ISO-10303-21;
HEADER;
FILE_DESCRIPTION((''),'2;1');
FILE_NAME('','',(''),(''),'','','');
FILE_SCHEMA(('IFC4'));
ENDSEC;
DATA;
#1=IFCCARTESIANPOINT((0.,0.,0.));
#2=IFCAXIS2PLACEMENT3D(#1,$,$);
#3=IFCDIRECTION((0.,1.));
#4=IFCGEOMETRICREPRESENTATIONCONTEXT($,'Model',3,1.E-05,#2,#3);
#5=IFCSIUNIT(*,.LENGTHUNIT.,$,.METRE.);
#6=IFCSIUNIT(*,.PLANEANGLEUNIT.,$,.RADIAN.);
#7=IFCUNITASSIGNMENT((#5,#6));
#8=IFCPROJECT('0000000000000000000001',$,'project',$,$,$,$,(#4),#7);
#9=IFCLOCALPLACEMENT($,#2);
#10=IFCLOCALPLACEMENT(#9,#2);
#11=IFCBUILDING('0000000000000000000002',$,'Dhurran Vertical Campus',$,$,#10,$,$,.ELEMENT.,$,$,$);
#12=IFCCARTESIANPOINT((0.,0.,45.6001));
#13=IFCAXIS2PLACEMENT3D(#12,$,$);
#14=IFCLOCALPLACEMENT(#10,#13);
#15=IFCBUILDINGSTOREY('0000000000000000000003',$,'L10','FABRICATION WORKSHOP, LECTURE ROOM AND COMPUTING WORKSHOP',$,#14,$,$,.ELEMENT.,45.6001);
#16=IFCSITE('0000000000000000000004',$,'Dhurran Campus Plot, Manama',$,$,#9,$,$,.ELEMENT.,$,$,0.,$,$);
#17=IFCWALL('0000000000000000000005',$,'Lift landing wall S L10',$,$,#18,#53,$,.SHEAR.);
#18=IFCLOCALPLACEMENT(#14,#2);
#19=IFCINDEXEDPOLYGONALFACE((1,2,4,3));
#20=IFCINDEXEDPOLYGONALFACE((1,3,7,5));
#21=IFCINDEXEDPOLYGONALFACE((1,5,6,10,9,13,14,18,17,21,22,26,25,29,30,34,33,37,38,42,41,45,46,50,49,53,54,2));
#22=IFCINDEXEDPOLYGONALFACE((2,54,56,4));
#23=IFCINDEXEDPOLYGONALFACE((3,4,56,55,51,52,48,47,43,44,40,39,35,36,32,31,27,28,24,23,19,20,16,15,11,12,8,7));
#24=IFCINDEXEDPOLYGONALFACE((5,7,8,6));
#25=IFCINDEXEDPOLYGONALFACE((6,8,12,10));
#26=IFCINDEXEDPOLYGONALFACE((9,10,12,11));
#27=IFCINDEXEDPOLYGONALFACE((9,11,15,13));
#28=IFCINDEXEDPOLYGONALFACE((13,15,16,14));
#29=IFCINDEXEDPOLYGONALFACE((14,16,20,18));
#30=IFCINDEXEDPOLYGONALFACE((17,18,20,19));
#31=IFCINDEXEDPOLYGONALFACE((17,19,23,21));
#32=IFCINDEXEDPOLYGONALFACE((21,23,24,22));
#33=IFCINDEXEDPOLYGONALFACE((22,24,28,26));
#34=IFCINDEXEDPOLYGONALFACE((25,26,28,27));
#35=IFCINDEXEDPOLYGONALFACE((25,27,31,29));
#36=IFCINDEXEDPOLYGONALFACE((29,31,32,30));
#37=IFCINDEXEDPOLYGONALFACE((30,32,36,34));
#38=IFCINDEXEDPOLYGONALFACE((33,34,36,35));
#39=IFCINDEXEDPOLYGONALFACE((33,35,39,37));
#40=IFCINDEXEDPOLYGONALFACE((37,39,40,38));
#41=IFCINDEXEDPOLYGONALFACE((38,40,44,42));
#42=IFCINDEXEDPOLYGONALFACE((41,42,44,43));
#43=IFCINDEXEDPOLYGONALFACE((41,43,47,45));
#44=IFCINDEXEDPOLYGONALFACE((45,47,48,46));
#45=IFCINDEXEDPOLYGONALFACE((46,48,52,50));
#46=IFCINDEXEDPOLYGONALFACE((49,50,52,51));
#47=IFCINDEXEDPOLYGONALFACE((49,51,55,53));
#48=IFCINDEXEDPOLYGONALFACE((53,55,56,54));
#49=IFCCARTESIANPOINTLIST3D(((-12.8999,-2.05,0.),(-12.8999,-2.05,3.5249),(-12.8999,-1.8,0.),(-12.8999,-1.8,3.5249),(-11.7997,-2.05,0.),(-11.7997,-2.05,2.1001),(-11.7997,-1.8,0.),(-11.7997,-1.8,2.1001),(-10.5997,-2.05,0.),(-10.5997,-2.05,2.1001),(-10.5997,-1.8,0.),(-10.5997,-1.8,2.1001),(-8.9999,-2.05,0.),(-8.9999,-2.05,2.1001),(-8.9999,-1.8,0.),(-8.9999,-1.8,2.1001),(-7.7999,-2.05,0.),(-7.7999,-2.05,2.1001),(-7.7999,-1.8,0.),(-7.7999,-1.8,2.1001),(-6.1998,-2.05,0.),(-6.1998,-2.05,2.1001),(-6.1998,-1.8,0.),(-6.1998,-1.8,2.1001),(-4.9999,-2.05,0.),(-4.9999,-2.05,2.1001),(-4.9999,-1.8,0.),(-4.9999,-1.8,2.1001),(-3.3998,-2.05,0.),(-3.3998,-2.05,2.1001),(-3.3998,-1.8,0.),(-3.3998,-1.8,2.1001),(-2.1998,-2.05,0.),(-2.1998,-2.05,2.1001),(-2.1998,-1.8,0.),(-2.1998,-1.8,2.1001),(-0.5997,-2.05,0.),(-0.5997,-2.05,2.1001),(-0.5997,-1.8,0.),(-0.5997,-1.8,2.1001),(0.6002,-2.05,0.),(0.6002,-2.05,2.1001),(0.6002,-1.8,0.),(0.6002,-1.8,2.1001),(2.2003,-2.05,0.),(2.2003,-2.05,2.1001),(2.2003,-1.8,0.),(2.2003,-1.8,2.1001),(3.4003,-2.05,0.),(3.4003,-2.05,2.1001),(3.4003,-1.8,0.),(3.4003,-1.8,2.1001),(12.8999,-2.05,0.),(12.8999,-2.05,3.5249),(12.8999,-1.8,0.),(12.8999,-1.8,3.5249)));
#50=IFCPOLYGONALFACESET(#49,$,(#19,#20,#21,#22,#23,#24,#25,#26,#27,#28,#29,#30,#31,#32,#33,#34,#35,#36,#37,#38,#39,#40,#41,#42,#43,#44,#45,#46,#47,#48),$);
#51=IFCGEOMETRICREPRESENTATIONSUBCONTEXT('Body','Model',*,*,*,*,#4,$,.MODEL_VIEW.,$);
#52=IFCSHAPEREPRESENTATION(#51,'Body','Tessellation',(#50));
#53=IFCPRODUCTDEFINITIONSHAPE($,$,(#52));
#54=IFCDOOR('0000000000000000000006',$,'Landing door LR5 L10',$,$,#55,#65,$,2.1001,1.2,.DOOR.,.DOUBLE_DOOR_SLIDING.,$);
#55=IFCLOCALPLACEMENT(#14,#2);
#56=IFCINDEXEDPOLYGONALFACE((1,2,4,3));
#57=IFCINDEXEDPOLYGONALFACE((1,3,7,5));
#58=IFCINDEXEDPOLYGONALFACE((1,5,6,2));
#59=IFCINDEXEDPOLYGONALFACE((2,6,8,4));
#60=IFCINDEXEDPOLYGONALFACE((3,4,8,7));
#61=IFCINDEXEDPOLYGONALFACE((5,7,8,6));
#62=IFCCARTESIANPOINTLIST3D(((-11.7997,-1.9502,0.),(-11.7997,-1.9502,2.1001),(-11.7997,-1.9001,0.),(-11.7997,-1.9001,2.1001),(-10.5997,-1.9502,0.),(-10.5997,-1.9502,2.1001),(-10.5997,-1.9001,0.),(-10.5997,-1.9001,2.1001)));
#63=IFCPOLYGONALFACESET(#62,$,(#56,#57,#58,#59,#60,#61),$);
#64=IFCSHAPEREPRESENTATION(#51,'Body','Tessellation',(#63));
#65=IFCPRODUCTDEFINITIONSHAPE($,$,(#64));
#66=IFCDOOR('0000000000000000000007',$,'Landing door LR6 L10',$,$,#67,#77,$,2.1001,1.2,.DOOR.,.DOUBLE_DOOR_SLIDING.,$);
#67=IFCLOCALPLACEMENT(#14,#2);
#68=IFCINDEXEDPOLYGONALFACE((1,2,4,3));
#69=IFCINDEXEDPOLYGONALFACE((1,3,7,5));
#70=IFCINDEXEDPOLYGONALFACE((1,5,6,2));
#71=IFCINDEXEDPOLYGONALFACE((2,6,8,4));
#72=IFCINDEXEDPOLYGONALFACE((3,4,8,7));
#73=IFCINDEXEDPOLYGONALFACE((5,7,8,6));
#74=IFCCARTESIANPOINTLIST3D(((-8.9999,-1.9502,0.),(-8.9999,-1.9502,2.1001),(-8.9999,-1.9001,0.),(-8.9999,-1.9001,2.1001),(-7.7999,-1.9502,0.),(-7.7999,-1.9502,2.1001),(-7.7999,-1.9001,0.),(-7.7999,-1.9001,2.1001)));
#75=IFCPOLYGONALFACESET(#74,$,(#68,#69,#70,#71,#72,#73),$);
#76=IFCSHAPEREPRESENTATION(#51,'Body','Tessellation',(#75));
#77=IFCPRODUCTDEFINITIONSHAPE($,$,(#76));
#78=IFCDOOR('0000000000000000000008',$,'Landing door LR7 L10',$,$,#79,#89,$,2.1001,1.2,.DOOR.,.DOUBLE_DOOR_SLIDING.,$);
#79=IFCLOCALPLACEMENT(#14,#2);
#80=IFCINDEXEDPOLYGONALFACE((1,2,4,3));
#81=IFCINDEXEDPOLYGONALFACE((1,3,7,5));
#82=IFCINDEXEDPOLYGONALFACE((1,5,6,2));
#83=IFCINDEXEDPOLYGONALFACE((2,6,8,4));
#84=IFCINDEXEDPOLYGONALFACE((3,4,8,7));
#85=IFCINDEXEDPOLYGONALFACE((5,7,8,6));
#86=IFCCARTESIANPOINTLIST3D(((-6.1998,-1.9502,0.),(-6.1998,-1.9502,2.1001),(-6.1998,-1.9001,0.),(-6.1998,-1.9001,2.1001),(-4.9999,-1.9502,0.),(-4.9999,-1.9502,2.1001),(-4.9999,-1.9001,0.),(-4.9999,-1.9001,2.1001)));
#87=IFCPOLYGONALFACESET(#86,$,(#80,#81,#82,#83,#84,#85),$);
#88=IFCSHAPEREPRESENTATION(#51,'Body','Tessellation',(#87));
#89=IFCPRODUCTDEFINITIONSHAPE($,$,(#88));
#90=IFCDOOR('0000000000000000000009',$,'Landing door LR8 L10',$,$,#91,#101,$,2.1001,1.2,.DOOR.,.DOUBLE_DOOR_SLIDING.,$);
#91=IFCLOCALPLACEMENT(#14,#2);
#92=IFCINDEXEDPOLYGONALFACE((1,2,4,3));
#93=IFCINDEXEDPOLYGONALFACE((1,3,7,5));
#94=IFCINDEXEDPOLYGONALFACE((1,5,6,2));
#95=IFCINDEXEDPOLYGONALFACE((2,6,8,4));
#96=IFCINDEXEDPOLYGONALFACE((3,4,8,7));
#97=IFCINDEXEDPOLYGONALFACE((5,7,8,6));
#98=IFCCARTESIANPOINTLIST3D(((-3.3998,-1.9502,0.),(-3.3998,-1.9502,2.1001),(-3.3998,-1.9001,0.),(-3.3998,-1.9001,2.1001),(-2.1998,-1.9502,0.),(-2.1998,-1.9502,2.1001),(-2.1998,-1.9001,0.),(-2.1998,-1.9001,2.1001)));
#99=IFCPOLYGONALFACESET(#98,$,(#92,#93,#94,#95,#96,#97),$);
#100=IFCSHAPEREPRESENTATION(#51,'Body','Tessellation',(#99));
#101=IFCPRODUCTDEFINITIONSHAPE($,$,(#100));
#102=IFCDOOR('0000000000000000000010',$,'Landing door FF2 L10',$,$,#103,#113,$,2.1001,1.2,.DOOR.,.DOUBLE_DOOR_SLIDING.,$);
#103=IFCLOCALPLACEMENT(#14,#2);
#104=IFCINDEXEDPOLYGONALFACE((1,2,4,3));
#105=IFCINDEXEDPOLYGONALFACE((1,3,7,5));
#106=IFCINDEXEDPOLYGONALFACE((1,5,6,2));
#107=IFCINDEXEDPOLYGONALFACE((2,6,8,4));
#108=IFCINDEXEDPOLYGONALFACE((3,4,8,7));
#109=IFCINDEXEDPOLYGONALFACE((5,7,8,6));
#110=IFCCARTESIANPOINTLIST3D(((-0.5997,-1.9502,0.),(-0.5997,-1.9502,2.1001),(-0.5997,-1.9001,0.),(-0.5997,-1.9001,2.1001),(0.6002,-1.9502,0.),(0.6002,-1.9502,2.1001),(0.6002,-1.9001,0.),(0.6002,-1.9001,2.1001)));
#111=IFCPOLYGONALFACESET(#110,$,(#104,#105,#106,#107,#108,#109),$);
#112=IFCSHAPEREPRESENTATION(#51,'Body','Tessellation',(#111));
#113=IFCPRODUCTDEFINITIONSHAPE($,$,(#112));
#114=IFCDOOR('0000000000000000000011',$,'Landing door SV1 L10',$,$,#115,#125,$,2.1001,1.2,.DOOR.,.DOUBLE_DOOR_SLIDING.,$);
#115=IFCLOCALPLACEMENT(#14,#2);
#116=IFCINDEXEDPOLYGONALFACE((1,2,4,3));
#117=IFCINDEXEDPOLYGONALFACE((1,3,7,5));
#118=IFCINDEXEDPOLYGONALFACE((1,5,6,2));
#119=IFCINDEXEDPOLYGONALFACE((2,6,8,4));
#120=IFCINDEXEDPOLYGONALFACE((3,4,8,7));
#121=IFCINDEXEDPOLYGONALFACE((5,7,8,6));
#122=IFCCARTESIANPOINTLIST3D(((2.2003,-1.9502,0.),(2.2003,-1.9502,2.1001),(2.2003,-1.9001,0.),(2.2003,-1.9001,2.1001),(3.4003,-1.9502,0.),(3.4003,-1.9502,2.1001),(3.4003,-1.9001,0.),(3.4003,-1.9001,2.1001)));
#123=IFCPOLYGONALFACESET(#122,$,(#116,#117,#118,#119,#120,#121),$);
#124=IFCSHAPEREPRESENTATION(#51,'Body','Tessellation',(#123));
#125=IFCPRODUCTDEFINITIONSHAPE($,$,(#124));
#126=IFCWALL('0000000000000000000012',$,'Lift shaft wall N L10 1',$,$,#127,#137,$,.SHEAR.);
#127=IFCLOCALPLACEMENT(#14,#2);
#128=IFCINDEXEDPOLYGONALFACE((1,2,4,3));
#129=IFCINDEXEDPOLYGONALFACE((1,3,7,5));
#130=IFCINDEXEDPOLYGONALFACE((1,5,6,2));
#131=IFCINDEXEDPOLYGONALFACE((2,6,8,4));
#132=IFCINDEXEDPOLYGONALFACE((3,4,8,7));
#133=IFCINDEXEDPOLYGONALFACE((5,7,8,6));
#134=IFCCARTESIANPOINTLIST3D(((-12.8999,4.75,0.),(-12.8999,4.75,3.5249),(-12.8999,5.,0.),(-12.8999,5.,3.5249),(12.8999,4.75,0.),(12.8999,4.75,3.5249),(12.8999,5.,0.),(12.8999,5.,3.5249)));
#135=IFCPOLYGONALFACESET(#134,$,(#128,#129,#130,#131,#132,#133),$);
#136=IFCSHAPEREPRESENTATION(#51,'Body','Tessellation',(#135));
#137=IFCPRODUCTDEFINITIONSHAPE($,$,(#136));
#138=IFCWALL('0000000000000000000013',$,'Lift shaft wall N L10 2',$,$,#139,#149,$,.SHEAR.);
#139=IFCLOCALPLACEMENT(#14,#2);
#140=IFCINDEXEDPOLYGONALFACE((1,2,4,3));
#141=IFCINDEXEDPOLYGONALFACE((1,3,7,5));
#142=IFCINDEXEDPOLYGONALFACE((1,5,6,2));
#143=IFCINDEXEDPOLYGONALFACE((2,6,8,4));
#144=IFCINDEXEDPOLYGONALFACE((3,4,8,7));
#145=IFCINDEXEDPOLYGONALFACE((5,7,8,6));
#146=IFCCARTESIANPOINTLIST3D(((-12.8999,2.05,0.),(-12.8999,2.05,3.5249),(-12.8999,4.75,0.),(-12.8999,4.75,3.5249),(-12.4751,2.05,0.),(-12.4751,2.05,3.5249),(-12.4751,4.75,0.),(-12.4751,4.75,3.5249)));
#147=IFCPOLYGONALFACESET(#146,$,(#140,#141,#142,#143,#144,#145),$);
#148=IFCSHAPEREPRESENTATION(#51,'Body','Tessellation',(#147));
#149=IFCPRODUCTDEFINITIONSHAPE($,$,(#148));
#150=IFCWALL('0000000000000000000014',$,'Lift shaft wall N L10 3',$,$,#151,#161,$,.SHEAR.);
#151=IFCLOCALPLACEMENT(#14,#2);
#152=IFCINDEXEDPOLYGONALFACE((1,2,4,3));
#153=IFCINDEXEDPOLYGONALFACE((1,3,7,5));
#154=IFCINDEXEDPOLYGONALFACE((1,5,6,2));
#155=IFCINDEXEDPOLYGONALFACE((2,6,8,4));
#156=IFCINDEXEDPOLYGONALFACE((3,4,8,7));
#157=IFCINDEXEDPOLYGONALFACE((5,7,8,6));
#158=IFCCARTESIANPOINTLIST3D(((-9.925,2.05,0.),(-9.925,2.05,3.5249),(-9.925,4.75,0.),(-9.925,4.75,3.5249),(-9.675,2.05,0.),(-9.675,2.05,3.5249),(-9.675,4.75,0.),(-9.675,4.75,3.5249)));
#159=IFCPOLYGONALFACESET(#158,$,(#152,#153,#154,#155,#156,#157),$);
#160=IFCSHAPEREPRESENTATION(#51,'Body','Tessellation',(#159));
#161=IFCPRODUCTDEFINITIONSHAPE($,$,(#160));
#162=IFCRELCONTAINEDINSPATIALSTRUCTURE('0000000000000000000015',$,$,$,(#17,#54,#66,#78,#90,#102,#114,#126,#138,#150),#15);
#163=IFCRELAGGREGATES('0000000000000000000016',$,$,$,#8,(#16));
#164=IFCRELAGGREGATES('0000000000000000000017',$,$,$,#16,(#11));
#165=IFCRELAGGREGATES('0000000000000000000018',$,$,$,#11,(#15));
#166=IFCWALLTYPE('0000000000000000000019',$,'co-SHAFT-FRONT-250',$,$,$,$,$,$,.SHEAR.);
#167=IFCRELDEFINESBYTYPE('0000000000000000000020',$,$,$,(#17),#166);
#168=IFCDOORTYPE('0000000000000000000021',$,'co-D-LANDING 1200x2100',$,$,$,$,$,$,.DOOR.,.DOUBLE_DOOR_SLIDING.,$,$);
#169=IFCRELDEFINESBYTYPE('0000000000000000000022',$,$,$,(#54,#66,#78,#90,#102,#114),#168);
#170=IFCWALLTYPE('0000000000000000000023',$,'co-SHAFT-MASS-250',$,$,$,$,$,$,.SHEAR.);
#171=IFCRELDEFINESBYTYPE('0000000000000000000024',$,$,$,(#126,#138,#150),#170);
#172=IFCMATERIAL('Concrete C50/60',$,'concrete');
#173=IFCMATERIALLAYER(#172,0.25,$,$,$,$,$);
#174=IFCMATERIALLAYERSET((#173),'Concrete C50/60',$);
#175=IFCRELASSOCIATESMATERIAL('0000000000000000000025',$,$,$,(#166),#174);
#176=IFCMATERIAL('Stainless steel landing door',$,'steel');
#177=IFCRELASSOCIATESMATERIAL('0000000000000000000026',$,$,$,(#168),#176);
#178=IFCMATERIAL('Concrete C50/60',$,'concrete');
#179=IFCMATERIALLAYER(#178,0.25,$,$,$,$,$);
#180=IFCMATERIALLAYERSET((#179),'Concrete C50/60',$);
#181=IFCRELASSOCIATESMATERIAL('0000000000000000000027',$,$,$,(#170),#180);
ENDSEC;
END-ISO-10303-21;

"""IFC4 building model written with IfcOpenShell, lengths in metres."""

from ifc_helpers import new_model, si_unit, direction, frame, frame_2d, origin, place, context, subcontext, project, spatial, polyline, rectangle, outline, extrude, material, layer, layer_set, type_object, element, fill, save


model = new_model("IFC4")

# Units and contexts
model_context = context("Model", 3, precision=1e-05, world=origin(), true_north=direction((0.0, 1.0)))
body_context = subcontext(model_context, "Body", "Model", "MODEL_VIEW")
ifc_project = project(units=[si_unit("LENGTHUNIT", "METRE"), si_unit("PLANEANGLEUNIT", "RADIAN")], contexts=[model_context])

# Site, building, storey
site_placement = place(None, origin())
site = spatial("IfcSite", under=ifc_project, at=site_placement, Name="Dhurran Campus Plot, Manama", CompositionType="ELEMENT", RefElevation=0.0)
building_placement = place(site_placement, origin())
building = spatial("IfcBuilding", under=site, at=building_placement, Name="Dhurran Vertical Campus", CompositionType="ELEMENT")
storey_placement = place(building_placement, frame((0.0, 0.0, 45.6001)))
storey = spatial("IfcBuildingStorey", under=building, at=storey_placement, Name="L10", Description="FABRICATION WORKSHOP, LECTURE ROOM AND COMPUTING WORKSHOP", CompositionType="ELEMENT", Elevation=45.6001)

# Wall, openings, doors
ifc_material_1 = material(Name="Concrete C50/60", Category="concrete")
ifc_layer_1 = layer(ifc_material_1, 0.25)
ifc_layer_set_1 = layer_set([ifc_layer_1], Name="Concrete C50/60")
wall_type_1 = type_object("IfcWallType", Name="co-SHAFT-FRONT-250", PredefinedType="SHEAR", material=ifc_layer_set_1)
wall_1_placement = place(storey_placement, frame((-12.8999, -1.925, 0.0), z_axis=(0.0, 0.0, 1.0), x_axis=(1.0, 0.0, 0.0)))
wall_1 = element("IfcWall", 1, at=wall_1_placement, inside=storey, type_object=wall_type_1, Name="Lift landing wall S L10", PredefinedType="SHEAR", context=body_context, shape_type="SweptSolid", body=[
    extrude(rectangle(XDim=25.7998, YDim=0.25, at=frame_2d((12.8999, 0.0))), origin(), (0.0, 0.0, 1.0), 3.5249),
])
opening_1_placement = place(wall_1_placement, frame((1.1001, 0.0, 0.0)))
opening_1 = element("IfcOpeningElement", 2, at=opening_1_placement, cuts=wall_1, PredefinedType="OPENING", context=body_context, shape_type="SweptSolid", body=[
    extrude(rectangle(XDim=1.2, YDim=2.1001, at=frame_2d((0.6001, 1.05))), frame((0.0, 0.135, 0.0), z_axis=(0.0, -1.0, 0.0), x_axis=(1.0, 0.0, 0.0)), (0.0, 0.0, 1.0), 0.27),
])
opening_2_placement = place(wall_1_placement, frame((3.8999, 0.0, 0.0)))
opening_2 = element("IfcOpeningElement", 3, at=opening_2_placement, cuts=wall_1, PredefinedType="OPENING", context=body_context, shape_type="SweptSolid", body=[
    extrude(rectangle(XDim=1.2, YDim=2.1001, at=frame_2d((0.6001, 1.05))), frame((0.0, 0.135, 0.0), z_axis=(0.0, -1.0, 0.0), x_axis=(1.0, 0.0, 0.0)), (0.0, 0.0, 1.0), 0.27),
])
opening_3_placement = place(wall_1_placement, frame((6.7, 0.0, 0.0)))
opening_3 = element("IfcOpeningElement", 4, at=opening_3_placement, cuts=wall_1, PredefinedType="OPENING", context=body_context, shape_type="SweptSolid", body=[
    extrude(rectangle(XDim=1.2, YDim=2.1001, at=frame_2d((0.6001, 1.05))), frame((0.0, 0.135, 0.0), z_axis=(0.0, -1.0, 0.0), x_axis=(1.0, 0.0, 0.0)), (0.0, 0.0, 1.0), 0.27),
])
opening_4_placement = place(wall_1_placement, frame((9.5, 0.0, 0.0)))
opening_4 = element("IfcOpeningElement", 5, at=opening_4_placement, cuts=wall_1, PredefinedType="OPENING", context=body_context, shape_type="SweptSolid", body=[
    extrude(rectangle(XDim=1.2, YDim=2.1001, at=frame_2d((0.6001, 1.05))), frame((0.0, 0.135, 0.0), z_axis=(0.0, -1.0, 0.0), x_axis=(1.0, 0.0, 0.0)), (0.0, 0.0, 1.0), 0.27),
])
opening_5_placement = place(wall_1_placement, frame((12.3, 0.0, 0.0)))
opening_5 = element("IfcOpeningElement", 6, at=opening_5_placement, cuts=wall_1, PredefinedType="OPENING", context=body_context, shape_type="SweptSolid", body=[
    extrude(rectangle(XDim=1.2, YDim=2.1001, at=frame_2d((0.6001, 1.05))), frame((0.0, 0.135, 0.0), z_axis=(0.0, -1.0, 0.0), x_axis=(1.0, 0.0, 0.0)), (0.0, 0.0, 1.0), 0.27),
])
opening_6_placement = place(wall_1_placement, frame((15.1001, 0.0, 0.0)))
opening_6 = element("IfcOpeningElement", 7, at=opening_6_placement, cuts=wall_1, PredefinedType="OPENING", context=body_context, shape_type="SweptSolid", body=[
    extrude(rectangle(XDim=1.2, YDim=2.1001, at=frame_2d((0.6001, 1.05))), frame((0.0, 0.135, 0.0), z_axis=(0.0, -1.0, 0.0), x_axis=(1.0, 0.0, 0.0)), (0.0, 0.0, 1.0), 0.27),
])
ifc_material_2 = material(Name="Stainless steel landing door", Category="steel")
door_type_1 = type_object("IfcDoorType", Name="co-D-LANDING 1200x2100", OperationType="DOUBLE_DOOR_SLIDING", PredefinedType="DOOR", material=ifc_material_2)
door_1_placement = place(opening_1_placement, origin())
door_1 = element("IfcDoor", 8, at=door_1_placement, inside=storey, type_object=door_type_1, Name="Landing door LR5 L10", OperationType="DOUBLE_DOOR_SLIDING", OverallHeight=2.1001, OverallWidth=1.2, PredefinedType="DOOR", context=body_context, shape_type="SweptSolid", body=[
    extrude(rectangle(XDim=1.2, YDim=2.1001, at=frame_2d((0.6001, 1.05))), frame((0.0, 0.0249, 0.0), z_axis=(0.0, -1.0, 0.0), x_axis=(1.0, 0.0, 0.0)), (0.0, 0.0, 1.0), 0.05),
])
fill(opening_1, door_1)
door_2_placement = place(opening_2_placement, origin())
door_2 = element("IfcDoor", 9, at=door_2_placement, inside=storey, type_object=door_type_1, Name="Landing door LR6 L10", OperationType="DOUBLE_DOOR_SLIDING", OverallHeight=2.1001, OverallWidth=1.2, PredefinedType="DOOR", context=body_context, shape_type="SweptSolid", body=[
    extrude(rectangle(XDim=1.2, YDim=2.1001, at=frame_2d((0.6001, 1.05))), frame((0.0, 0.0249, 0.0), z_axis=(0.0, -1.0, 0.0), x_axis=(1.0, 0.0, 0.0)), (0.0, 0.0, 1.0), 0.05),
])
fill(opening_2, door_2)
door_3_placement = place(opening_3_placement, origin())
door_3 = element("IfcDoor", 10, at=door_3_placement, inside=storey, type_object=door_type_1, Name="Landing door LR7 L10", OperationType="DOUBLE_DOOR_SLIDING", OverallHeight=2.1001, OverallWidth=1.2, PredefinedType="DOOR", context=body_context, shape_type="SweptSolid", body=[
    extrude(rectangle(XDim=1.2, YDim=2.1001, at=frame_2d((0.6001, 1.05))), frame((0.0, 0.0249, 0.0), z_axis=(0.0, -1.0, 0.0), x_axis=(1.0, 0.0, 0.0)), (0.0, 0.0, 1.0), 0.05),
])
fill(opening_3, door_3)
door_4_placement = place(opening_4_placement, origin())
door_4 = element("IfcDoor", 11, at=door_4_placement, inside=storey, type_object=door_type_1, Name="Landing door LR8 L10", OperationType="DOUBLE_DOOR_SLIDING", OverallHeight=2.1001, OverallWidth=1.2, PredefinedType="DOOR", context=body_context, shape_type="SweptSolid", body=[
    extrude(rectangle(XDim=1.2, YDim=2.1001, at=frame_2d((0.6001, 1.05))), frame((0.0, 0.0249, 0.0), z_axis=(0.0, -1.0, 0.0), x_axis=(1.0, 0.0, 0.0)), (0.0, 0.0, 1.0), 0.05),
])
fill(opening_4, door_4)
door_5_placement = place(opening_5_placement, origin())
door_5 = element("IfcDoor", 12, at=door_5_placement, inside=storey, type_object=door_type_1, Name="Landing door FF2 L10", OperationType="DOUBLE_DOOR_SLIDING", OverallHeight=2.1001, OverallWidth=1.2, PredefinedType="DOOR", context=body_context, shape_type="SweptSolid", body=[
    extrude(rectangle(XDim=1.2, YDim=2.1001, at=frame_2d((0.6001, 1.05))), frame((0.0, 0.0249, 0.0), z_axis=(0.0, -1.0, 0.0), x_axis=(1.0, 0.0, 0.0)), (0.0, 0.0, 1.0), 0.05),
])
fill(opening_5, door_5)
door_6_placement = place(opening_6_placement, origin())
door_6 = element("IfcDoor", 13, at=door_6_placement, inside=storey, type_object=door_type_1, Name="Landing door SV1 L10", OperationType="DOUBLE_DOOR_SLIDING", OverallHeight=2.1001, OverallWidth=1.2, PredefinedType="DOOR", context=body_context, shape_type="SweptSolid", body=[
    extrude(rectangle(XDim=1.2, YDim=2.1001, at=frame_2d((0.6001, 1.05))), frame((0.0, 0.0249, 0.0), z_axis=(0.0, -1.0, 0.0), x_axis=(1.0, 0.0, 0.0)), (0.0, 0.0, 1.0), 0.05),
])
fill(opening_6, door_6)

# Walls
ifc_material_3 = material(Name="Concrete C50/60", Category="concrete")
ifc_layer_2 = layer(ifc_material_3, 0.25)
ifc_layer_set_2 = layer_set([ifc_layer_2], Name="Concrete C50/60")
wall_type_2 = type_object("IfcWallType", Name="co-SHAFT-MASS-250", PredefinedType="SHEAR", material=ifc_layer_set_2)
wall_2_placement = place(storey_placement, origin())
element("IfcWall", 14, at=wall_2_placement, inside=storey, type_object=wall_type_2, Name="Lift shaft wall N L10 1", PredefinedType="SHEAR", context=body_context, shape_type="SweptSolid", body=[
    extrude(outline(polyline([(-12.8999, 4.75), (12.8999, 4.75), (12.8999, 5.0), (-12.8999, 5.0), (-12.8999, 4.75)])), origin(), (0.0, 0.0, 1.0), 3.5249),
])
wall_3_placement = place(storey_placement, origin())
element("IfcWall", 15, at=wall_3_placement, inside=storey, type_object=wall_type_2, Name="Lift shaft wall N L10 2", PredefinedType="SHEAR", context=body_context, shape_type="SweptSolid", body=[
    extrude(outline(polyline([(-12.8999, 2.05), (-12.4751, 2.05), (-12.4751, 4.75), (-12.8999, 4.75), (-12.8999, 2.05)])), origin(), (0.0, 0.0, 1.0), 3.5249),
])
wall_4_placement = place(storey_placement, origin())
element("IfcWall", 16, at=wall_4_placement, inside=storey, type_object=wall_type_2, Name="Lift shaft wall N L10 3", PredefinedType="SHEAR", context=body_context, shape_type="SweptSolid", body=[
    extrude(outline(polyline([(-9.925, 2.05), (-9.675, 2.05), (-9.675, 4.75), (-9.925, 4.75), (-9.925, 2.05)])), origin(), (0.0, 0.0, 1.0), 3.5249),
])

save(model, "model.ifc")
